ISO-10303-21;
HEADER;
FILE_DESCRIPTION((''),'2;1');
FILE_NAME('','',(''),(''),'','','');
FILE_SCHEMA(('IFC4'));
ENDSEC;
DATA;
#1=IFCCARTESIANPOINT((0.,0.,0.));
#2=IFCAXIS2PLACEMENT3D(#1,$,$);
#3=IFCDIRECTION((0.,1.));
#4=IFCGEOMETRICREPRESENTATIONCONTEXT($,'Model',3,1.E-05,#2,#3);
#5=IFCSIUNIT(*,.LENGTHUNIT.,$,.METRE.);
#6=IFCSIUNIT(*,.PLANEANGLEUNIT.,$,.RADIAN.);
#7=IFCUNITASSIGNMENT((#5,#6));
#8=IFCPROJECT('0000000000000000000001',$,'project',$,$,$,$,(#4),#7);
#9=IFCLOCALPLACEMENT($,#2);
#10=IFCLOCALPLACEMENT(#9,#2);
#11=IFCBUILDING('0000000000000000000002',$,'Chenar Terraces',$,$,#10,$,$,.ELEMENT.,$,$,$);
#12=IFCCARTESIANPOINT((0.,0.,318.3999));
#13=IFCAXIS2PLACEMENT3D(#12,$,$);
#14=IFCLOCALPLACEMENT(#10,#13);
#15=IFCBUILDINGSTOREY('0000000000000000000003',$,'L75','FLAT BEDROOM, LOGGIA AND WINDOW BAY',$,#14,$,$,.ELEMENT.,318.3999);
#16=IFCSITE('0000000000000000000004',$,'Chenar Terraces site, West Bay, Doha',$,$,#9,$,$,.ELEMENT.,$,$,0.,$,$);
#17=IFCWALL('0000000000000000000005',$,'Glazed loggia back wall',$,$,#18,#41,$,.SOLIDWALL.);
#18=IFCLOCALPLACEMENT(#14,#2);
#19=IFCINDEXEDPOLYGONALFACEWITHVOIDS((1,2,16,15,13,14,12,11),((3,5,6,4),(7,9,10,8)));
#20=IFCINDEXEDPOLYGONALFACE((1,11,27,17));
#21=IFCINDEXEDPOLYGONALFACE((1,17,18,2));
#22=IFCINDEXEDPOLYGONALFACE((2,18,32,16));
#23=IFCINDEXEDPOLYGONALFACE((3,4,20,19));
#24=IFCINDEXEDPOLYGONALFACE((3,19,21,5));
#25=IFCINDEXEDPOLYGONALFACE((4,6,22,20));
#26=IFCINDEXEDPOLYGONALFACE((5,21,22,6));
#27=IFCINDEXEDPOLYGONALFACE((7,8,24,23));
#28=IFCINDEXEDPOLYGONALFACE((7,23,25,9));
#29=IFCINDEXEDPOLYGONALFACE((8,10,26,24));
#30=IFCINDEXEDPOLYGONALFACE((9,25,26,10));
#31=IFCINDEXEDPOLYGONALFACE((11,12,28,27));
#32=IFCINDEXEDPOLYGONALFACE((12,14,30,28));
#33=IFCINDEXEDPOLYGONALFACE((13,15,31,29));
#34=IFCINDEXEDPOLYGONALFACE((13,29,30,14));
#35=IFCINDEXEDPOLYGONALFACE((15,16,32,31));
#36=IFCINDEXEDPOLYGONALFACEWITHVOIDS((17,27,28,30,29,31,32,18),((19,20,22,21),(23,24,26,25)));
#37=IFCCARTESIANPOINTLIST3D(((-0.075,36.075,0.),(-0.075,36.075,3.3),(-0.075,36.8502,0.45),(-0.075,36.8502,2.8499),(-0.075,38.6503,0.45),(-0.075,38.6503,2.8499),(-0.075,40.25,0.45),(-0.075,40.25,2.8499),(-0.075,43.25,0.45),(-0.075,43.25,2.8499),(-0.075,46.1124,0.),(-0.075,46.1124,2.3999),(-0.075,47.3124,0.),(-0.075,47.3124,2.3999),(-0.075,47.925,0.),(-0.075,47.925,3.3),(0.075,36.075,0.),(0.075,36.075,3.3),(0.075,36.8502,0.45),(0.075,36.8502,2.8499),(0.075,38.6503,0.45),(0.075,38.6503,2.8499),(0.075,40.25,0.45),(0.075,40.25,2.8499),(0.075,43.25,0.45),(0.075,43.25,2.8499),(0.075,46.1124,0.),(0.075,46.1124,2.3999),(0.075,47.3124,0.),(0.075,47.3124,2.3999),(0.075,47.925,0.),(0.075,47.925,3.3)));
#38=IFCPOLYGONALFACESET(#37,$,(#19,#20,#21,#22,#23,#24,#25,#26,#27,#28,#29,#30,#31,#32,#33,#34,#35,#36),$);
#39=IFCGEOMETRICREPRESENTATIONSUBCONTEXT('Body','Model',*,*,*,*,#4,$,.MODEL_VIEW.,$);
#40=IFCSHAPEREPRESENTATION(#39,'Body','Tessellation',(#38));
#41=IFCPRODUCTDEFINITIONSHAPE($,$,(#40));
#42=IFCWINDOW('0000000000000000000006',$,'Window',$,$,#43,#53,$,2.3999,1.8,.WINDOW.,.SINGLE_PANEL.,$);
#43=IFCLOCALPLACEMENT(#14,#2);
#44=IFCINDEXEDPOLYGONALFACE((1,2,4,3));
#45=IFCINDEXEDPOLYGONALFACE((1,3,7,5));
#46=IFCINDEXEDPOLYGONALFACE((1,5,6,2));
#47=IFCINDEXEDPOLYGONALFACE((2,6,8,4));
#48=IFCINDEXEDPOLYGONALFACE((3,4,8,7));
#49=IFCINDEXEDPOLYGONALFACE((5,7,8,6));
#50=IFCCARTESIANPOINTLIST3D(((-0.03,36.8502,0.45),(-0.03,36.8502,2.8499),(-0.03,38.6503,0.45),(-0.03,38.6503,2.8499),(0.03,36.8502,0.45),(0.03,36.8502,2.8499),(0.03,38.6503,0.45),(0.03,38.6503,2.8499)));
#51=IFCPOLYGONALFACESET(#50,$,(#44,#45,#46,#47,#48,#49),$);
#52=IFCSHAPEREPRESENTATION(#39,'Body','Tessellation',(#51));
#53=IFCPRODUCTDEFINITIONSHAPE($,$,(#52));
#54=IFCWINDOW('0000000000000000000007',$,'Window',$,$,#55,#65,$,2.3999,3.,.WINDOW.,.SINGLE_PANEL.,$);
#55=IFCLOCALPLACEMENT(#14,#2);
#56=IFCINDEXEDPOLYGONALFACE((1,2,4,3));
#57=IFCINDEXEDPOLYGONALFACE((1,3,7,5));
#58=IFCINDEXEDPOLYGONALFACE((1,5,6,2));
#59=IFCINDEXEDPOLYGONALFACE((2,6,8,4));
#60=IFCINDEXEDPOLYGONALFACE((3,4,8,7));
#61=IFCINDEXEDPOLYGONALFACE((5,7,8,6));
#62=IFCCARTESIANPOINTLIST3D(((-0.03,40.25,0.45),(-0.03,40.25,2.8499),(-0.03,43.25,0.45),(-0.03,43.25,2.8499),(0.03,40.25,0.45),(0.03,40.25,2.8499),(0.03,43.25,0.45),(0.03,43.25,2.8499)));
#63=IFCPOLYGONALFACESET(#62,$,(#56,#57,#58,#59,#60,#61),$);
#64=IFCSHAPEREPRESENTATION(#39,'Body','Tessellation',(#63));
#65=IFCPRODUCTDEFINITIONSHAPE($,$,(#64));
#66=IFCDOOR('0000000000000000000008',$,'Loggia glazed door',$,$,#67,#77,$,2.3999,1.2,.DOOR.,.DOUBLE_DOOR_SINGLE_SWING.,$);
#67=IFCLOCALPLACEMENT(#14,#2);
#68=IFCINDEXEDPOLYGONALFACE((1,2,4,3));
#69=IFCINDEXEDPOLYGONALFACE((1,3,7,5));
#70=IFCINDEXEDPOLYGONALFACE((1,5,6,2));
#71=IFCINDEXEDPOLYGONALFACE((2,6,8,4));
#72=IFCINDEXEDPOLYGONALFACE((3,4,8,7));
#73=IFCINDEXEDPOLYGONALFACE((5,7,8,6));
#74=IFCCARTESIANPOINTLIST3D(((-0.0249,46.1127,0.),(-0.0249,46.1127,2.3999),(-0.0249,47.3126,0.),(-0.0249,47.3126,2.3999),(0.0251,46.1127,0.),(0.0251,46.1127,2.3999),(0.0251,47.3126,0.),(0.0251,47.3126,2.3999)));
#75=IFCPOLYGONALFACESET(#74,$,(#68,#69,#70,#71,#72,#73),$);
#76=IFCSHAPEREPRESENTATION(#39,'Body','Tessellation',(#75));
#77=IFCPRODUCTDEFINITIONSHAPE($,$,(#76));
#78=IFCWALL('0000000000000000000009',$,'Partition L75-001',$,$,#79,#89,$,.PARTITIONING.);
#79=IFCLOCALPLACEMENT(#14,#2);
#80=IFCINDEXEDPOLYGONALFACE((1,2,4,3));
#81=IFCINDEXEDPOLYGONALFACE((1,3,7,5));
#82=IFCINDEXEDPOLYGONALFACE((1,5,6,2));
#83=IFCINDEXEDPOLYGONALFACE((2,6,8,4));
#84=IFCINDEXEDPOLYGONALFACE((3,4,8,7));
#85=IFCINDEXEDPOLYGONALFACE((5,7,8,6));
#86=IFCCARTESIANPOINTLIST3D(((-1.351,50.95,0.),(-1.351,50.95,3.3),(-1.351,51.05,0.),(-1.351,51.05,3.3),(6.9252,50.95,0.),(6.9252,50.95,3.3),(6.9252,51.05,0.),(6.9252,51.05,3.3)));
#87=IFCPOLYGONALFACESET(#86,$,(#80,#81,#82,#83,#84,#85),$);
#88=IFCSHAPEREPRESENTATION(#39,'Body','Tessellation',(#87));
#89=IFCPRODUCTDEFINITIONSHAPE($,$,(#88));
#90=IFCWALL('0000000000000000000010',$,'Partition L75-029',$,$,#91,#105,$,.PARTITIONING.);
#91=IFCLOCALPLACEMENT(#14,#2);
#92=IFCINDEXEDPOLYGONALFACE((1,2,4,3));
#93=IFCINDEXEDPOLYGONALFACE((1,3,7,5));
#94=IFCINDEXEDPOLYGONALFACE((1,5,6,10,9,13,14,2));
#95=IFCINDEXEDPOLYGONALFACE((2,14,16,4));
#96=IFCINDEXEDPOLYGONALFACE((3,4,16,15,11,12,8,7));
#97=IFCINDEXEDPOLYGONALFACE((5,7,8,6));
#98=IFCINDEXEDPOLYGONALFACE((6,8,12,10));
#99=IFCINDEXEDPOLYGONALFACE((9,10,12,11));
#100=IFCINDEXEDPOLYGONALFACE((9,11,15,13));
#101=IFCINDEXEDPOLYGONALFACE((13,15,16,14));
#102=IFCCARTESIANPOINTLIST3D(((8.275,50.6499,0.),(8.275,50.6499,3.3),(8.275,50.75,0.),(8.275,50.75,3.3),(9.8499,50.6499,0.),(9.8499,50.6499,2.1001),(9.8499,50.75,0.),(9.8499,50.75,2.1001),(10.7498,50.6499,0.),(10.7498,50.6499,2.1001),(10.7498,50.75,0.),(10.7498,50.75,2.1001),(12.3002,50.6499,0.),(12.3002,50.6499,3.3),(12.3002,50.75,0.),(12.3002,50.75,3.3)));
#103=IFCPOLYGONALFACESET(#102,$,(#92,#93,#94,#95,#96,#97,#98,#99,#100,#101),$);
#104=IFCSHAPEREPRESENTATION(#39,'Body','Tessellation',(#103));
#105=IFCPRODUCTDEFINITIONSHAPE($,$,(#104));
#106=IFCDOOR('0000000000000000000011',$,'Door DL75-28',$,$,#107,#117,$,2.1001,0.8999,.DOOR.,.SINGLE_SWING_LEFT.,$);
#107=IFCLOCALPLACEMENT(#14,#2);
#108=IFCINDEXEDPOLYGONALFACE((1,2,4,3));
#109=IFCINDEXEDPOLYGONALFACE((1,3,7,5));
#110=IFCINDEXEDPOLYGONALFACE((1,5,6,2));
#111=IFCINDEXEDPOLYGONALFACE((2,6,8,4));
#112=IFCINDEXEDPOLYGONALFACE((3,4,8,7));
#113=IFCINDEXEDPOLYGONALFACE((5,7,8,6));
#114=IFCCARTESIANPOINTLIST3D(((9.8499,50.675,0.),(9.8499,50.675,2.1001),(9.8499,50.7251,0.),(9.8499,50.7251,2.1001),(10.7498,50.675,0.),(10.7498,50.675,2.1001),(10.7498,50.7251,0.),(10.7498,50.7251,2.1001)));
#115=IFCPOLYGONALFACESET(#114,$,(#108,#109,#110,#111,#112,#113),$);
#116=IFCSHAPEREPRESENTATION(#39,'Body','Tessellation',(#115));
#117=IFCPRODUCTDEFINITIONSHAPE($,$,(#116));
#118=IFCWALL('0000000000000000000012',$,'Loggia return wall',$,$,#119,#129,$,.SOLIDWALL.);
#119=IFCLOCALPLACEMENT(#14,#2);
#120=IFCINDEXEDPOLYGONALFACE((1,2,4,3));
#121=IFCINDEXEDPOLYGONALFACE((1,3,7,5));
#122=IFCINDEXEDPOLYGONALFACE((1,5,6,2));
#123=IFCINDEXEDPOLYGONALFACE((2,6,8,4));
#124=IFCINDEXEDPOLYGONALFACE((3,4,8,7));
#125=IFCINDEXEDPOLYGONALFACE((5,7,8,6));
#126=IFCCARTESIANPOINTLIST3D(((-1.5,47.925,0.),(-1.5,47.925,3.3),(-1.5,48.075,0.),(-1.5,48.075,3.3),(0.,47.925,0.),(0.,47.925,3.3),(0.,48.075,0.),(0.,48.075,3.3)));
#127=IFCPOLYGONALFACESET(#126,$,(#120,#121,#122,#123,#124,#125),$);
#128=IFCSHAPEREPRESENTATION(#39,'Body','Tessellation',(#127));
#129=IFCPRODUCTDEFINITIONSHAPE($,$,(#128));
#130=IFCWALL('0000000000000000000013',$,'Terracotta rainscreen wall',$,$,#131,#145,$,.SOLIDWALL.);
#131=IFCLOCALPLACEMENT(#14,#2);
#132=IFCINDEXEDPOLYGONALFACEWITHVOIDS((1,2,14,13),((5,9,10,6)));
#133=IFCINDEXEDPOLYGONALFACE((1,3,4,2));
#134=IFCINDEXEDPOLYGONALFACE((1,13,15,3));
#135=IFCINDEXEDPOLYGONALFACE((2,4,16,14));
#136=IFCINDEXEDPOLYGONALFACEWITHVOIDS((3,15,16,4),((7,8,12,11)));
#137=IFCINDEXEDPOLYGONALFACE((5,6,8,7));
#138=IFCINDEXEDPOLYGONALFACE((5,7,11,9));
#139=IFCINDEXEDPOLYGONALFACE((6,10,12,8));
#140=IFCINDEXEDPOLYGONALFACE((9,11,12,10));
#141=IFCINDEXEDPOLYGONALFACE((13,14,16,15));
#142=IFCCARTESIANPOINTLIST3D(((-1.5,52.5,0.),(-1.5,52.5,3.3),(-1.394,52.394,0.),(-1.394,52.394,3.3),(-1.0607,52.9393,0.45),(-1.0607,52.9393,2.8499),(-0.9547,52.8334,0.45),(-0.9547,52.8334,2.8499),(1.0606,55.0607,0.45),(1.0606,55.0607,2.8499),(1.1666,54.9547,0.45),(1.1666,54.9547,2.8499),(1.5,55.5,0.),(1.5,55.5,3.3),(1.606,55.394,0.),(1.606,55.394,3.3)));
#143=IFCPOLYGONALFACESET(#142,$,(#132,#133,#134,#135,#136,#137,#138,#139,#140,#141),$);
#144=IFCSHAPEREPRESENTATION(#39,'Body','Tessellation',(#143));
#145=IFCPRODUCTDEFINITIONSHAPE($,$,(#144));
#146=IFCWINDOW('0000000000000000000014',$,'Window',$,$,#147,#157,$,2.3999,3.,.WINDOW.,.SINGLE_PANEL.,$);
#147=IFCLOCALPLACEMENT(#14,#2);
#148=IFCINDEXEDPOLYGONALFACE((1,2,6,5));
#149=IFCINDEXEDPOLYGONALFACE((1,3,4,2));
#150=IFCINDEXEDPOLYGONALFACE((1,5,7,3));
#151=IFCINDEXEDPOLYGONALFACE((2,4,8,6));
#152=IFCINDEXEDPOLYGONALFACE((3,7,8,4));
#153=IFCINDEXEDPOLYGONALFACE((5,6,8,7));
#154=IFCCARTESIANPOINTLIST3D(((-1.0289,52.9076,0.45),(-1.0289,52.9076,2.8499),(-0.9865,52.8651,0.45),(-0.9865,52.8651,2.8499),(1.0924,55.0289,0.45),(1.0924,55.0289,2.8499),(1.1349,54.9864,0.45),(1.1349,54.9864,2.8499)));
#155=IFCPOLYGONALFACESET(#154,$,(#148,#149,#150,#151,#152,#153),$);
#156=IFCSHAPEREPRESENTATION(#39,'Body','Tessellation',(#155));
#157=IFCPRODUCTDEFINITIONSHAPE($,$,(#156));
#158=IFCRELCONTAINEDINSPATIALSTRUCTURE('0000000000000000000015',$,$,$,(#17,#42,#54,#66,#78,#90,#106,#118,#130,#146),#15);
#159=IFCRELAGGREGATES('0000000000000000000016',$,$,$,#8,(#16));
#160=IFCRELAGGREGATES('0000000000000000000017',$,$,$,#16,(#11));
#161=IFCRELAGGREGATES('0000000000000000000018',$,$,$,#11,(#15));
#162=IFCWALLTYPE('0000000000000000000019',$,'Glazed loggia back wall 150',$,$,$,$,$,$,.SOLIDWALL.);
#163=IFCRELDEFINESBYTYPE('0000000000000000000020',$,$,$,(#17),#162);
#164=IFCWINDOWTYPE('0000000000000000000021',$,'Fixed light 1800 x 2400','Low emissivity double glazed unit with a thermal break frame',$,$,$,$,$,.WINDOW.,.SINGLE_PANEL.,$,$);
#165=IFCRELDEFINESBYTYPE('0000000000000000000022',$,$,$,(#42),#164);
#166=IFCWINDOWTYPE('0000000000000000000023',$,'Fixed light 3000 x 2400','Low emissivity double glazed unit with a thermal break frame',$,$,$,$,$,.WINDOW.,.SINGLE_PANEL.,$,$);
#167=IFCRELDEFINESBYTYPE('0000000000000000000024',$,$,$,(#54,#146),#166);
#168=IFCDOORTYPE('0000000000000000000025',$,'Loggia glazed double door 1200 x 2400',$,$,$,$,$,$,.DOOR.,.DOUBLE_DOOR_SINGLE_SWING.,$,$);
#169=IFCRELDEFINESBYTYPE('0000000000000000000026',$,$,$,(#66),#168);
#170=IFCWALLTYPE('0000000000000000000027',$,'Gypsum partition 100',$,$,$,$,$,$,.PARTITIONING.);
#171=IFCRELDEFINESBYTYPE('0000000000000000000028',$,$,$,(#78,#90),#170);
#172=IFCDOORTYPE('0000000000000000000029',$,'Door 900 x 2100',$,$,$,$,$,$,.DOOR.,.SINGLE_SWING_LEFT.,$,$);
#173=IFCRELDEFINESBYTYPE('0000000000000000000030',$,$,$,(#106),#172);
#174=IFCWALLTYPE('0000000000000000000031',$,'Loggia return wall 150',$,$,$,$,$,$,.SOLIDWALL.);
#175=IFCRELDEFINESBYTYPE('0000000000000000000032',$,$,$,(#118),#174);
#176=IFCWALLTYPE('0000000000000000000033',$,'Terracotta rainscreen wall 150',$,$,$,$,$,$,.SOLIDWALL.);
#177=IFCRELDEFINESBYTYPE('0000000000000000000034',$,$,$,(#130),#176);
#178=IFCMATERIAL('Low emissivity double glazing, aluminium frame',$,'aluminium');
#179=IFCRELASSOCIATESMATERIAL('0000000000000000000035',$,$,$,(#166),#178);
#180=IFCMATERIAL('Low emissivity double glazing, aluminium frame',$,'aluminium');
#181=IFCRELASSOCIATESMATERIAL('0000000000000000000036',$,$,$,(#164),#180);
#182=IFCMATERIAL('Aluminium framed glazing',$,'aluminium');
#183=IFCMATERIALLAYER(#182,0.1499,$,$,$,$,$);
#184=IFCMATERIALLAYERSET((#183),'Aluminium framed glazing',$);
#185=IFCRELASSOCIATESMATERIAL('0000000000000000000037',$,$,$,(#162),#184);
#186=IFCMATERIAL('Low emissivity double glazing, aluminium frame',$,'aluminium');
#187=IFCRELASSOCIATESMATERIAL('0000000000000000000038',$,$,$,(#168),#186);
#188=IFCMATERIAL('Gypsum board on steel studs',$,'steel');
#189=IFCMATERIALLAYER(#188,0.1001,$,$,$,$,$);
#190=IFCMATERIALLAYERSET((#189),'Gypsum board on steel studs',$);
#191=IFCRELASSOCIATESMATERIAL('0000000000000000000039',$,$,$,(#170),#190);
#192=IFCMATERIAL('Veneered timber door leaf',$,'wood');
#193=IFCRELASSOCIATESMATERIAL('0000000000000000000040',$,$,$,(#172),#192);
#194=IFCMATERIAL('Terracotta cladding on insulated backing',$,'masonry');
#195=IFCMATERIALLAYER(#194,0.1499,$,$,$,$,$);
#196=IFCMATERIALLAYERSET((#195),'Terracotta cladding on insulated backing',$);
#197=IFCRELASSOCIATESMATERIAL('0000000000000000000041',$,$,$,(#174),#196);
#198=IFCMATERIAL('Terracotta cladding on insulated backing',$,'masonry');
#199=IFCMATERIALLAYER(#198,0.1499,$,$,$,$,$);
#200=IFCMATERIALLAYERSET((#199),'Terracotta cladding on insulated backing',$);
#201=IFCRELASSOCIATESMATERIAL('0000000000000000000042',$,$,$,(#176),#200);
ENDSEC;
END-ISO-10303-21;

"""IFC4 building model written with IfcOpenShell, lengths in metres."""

from ifc_helpers import new_model, si_unit, direction, frame, frame_2d, origin, place, context, subcontext, project, spatial, rectangle, extrude, material, layer, layer_set, type_object, element, fill, save


model = new_model("IFC4")

# Units and contexts
model_context = context("Model", 3, precision=1e-05, world=origin(), true_north=direction((0.0, 1.0)))
body_context = subcontext(model_context, "Body", "Model", "MODEL_VIEW")
ifc_project = project(units=[si_unit("LENGTHUNIT", "METRE"), si_unit("PLANEANGLEUNIT", "RADIAN")], contexts=[model_context])

# Site, building, storey
site_placement = place(None, origin())
site = spatial("IfcSite", under=ifc_project, at=site_placement, Name="Chenar Terraces site, West Bay, Doha", CompositionType="ELEMENT", RefElevation=0.0)
building_placement = place(site_placement, origin())
building = spatial("IfcBuilding", under=site, at=building_placement, Name="Chenar Terraces", CompositionType="ELEMENT")
storey_placement = place(building_placement, frame((0.0, 0.0, 318.3999)))
storey = spatial("IfcBuildingStorey", under=building, at=storey_placement, Name="L75", Description="FLAT BEDROOM, LOGGIA AND WINDOW BAY", CompositionType="ELEMENT", Elevation=318.3999)

# Shared definitions
ifc_material_1 = material(Name="Low emissivity double glazing, aluminium frame", Category="aluminium")
window_type_1 = type_object("IfcWindowType", Name="Fixed light 3000 x 2400", Description="Low emissivity double glazed unit with a thermal break frame", PartitioningType="SINGLE_PANEL", PredefinedType="WINDOW", material=ifc_material_1)
ifc_material_2 = material(Name="Low emissivity double glazing, aluminium frame", Category="aluminium")
window_type_2 = type_object("IfcWindowType", Name="Fixed light 1800 x 2400", Description="Low emissivity double glazed unit with a thermal break frame", PartitioningType="SINGLE_PANEL", PredefinedType="WINDOW", material=ifc_material_2)

# Wall, openings, windows, door
ifc_material_3 = material(Name="Aluminium framed glazing", Category="aluminium")
ifc_layer_1 = layer(ifc_material_3, 0.1499)
ifc_layer_set_1 = layer_set([ifc_layer_1], Name="Aluminium framed glazing")
wall_type_1 = type_object("IfcWallType", Name="Glazed loggia back wall 150", PredefinedType="SOLIDWALL", material=ifc_layer_set_1)
wall_1_placement = place(storey_placement, frame((0.0, 47.925, 0.0), z_axis=(0.0, 0.0, 1.0), x_axis=(0.0, -1.0, 0.0)))
wall_1 = element("IfcWall", 1, at=wall_1_placement, inside=storey, type_object=wall_type_1, Name="Glazed loggia back wall", PredefinedType="SOLIDWALL", context=body_context, shape_type="SweptSolid", body=[
    extrude(rectangle(XDim=11.8501, YDim=0.1499, at=frame_2d((5.925, 0.0))), origin(), (0.0, 0.0, 1.0), 3.3),
])
opening_1_placement = place(wall_1_placement, frame((0.6125, 0.0, 0.0)))
opening_1 = element("IfcOpeningElement", 2, at=opening_1_placement, cuts=wall_1, PredefinedType="OPENING", context=body_context, shape_type="SweptSolid", body=[
    extrude(rectangle(XDim=1.2, YDim=2.3999, at=frame_2d((0.6001, 1.2))), frame((0.0, 0.085, 0.0), z_axis=(0.0, -1.0, 0.0), x_axis=(1.0, 0.0, 0.0)), (0.0, 0.0, 1.0), 0.1699),
])
opening_2_placement = place(wall_1_placement, frame((4.675, 0.0, 0.45)))
opening_2 = element("IfcOpeningElement", 3, at=opening_2_placement, cuts=wall_1, PredefinedType="OPENING", context=body_context, shape_type="SweptSolid", body=[
    extrude(rectangle(XDim=3.0, YDim=2.3999, at=frame_2d((1.5, 1.2))), frame((0.0, 0.085, 0.0), z_axis=(0.0, -1.0, 0.0), x_axis=(1.0, 0.0, 0.0)), (0.0, 0.0, 1.0), 0.1699),
])
opening_3_placement = place(wall_1_placement, frame((9.2749, 0.0, 0.45)))
opening_3 = element("IfcOpeningElement", 4, at=opening_3_placement, cuts=wall_1, PredefinedType="OPENING", context=body_context, shape_type="SweptSolid", body=[
    extrude(rectangle(XDim=1.8, YDim=2.3999, at=frame_2d((0.8999, 1.2))), frame((0.0, 0.085, 0.0), z_axis=(0.0, -1.0, 0.0), x_axis=(1.0, 0.0, 0.0)), (0.0, 0.0, 1.0), 0.1699),
])
window_1_placement = place(opening_3_placement, origin())
window_1 = element("IfcWindow", 5, at=window_1_placement, inside=storey, type_object=window_type_2, Name="Window", OverallHeight=2.3999, OverallWidth=1.8, PartitioningType="SINGLE_PANEL", PredefinedType="WINDOW", context=body_context, shape_type="SweptSolid", body=[
    extrude(rectangle(XDim=1.8, YDim=2.3999, at=frame_2d((0.8999, 1.2))), frame((0.0, 0.03, 0.0), z_axis=(0.0, -1.0, 0.0), x_axis=(1.0, 0.0, 0.0)), (0.0, 0.0, 1.0), 0.0601),
])
fill(opening_3, window_1)
window_2_placement = place(opening_2_placement, origin())
window_2 = element("IfcWindow", 6, at=window_2_placement, inside=storey, type_object=window_type_1, Name="Window", OverallHeight=2.3999, OverallWidth=3.0, PartitioningType="SINGLE_PANEL", PredefinedType="WINDOW", context=body_context, shape_type="SweptSolid", body=[
    extrude(rectangle(XDim=3.0, YDim=2.3999, at=frame_2d((1.5, 1.2))), frame((0.0, 0.03, 0.0), z_axis=(0.0, -1.0, 0.0), x_axis=(1.0, 0.0, 0.0)), (0.0, 0.0, 1.0), 0.0601),
])
fill(opening_2, window_2)
ifc_material_4 = material(Name="Low emissivity double glazing, aluminium frame", Category="aluminium")
door_type_1 = type_object("IfcDoorType", Name="Loggia glazed double door 1200 x 2400", OperationType="DOUBLE_DOOR_SINGLE_SWING", PredefinedType="DOOR", material=ifc_material_4)
door_1_placement = place(opening_1_placement, frame((1.2, 0.0, 0.0), z_axis=(0.0, 0.0, 1.0), x_axis=(-1.0, 0.0, 0.0)))
door_1 = element("IfcDoor", 7, at=door_1_placement, inside=storey, type_object=door_type_1, Name="Loggia glazed door", OperationType="DOUBLE_DOOR_SINGLE_SWING", OverallHeight=2.3999, OverallWidth=1.2, PredefinedType="DOOR", context=body_context, shape_type="SweptSolid", body=[
    extrude(rectangle(XDim=1.2, YDim=2.3999, at=frame_2d((0.6001, 1.2))), frame((0.0, 0.0249, 0.0), z_axis=(0.0, -1.0, 0.0), x_axis=(1.0, 0.0, 0.0)), (0.0, 0.0, 1.0), 0.05),
])
fill(opening_1, door_1)

# Wall
ifc_material_5 = material(Name="Gypsum board on steel studs", Category="steel")
ifc_layer_2 = layer(ifc_material_5, 0.1001)
ifc_layer_set_2 = layer_set([ifc_layer_2], Name="Gypsum board on steel studs")
wall_type_2 = type_object("IfcWallType", Name="Gypsum partition 100", PredefinedType="PARTITIONING", material=ifc_layer_set_2)
wall_2_placement = place(storey_placement, frame((-1.3511, 51.0, 0.0), z_axis=(0.0, 0.0, 1.0), x_axis=(1.0, 0.0, 0.0)))
element("IfcWall", 8, at=wall_2_placement, inside=storey, type_object=wall_type_2, Name="Partition L75-001", PredefinedType="PARTITIONING", context=body_context, shape_type="SweptSolid", body=[
    extrude(rectangle(XDim=8.2761, YDim=0.1001, at=frame_2d((4.1382, 0.0))), origin(), (0.0, 0.0, 1.0), 3.3),
])

# Wall, opening, door
wall_3_placement = place(storey_placement, frame((8.2749, 50.7, 0.0), z_axis=(0.0, 0.0, 1.0), x_axis=(1.0, 0.0, 0.0)))
wall_3 = element("IfcWall", 9, at=wall_3_placement, inside=storey, type_object=wall_type_2, Name="Partition L75-029", PredefinedType="PARTITIONING", context=body_context, shape_type="SweptSolid", body=[
    extrude(rectangle(XDim=4.0251, YDim=0.1001, at=frame_2d((2.0127, 0.0))), origin(), (0.0, 0.0, 1.0), 3.3),
])
opening_4_placement = place(wall_3_placement, frame((1.575, 0.0, 0.0)))
opening_4 = element("IfcOpeningElement", 10, at=opening_4_placement, cuts=wall_3, PredefinedType="OPENING", context=body_context, shape_type="SweptSolid", body=[
    extrude(rectangle(XDim=0.8999, YDim=2.1001, at=frame_2d((0.45, 1.05))), frame((0.0, 0.0601, 0.0), z_axis=(0.0, -1.0, 0.0), x_axis=(1.0, 0.0, 0.0)), (0.0, 0.0, 1.0), 0.1201),
])
ifc_material_6 = material(Name="Veneered timber door leaf", Category="wood")
door_type_2 = type_object("IfcDoorType", Name="Door 900 x 2100", OperationType="SINGLE_SWING_LEFT", PredefinedType="DOOR", material=ifc_material_6)
door_2_placement = place(opening_4_placement, frame((0.8999, 0.0, 0.0), z_axis=(0.0, 0.0, 1.0), x_axis=(-1.0, 0.0, 0.0)))
door_2 = element("IfcDoor", 11, at=door_2_placement, inside=storey, type_object=door_type_2, Name="Door DL75-28", OperationType="SINGLE_SWING_LEFT", OverallHeight=2.1001, OverallWidth=0.8999, PredefinedType="DOOR", context=body_context, shape_type="SweptSolid", body=[
    extrude(rectangle(XDim=0.8999, YDim=2.1001, at=frame_2d((0.45, 1.05))), frame((0.0, 0.0249, 0.0), z_axis=(0.0, -1.0, 0.0), x_axis=(1.0, 0.0, 0.0)), (0.0, 0.0, 1.0), 0.05),
])
fill(opening_4, door_2)

# Wall
ifc_material_7 = material(Name="Terracotta cladding on insulated backing", Category="masonry")
ifc_layer_3 = layer(ifc_material_7, 0.1499)
ifc_layer_set_3 = layer_set([ifc_layer_3], Name="Terracotta cladding on insulated backing")
wall_type_3 = type_object("IfcWallType", Name="Loggia return wall 150", PredefinedType="SOLIDWALL", material=ifc_layer_set_3)
wall_4_placement = place(storey_placement, frame((-1.5, 48.0, 0.0), z_axis=(0.0, 0.0, 1.0), x_axis=(1.0, 0.0, 0.0)))
element("IfcWall", 12, at=wall_4_placement, inside=storey, type_object=wall_type_3, Name="Loggia return wall", PredefinedType="SOLIDWALL", context=body_context, shape_type="SweptSolid", body=[
    extrude(rectangle(XDim=1.5, YDim=0.1499, at=frame_2d((0.75, 0.0))), origin(), (0.0, 0.0, 1.0), 3.3),
])

# Wall, opening, window
ifc_material_8 = material(Name="Terracotta cladding on insulated backing", Category="masonry")
ifc_layer_4 = layer(ifc_material_8, 0.1499)
ifc_layer_set_4 = layer_set([ifc_layer_4], Name="Terracotta cladding on insulated backing")
wall_type_4 = type_object("IfcWallType", Name="Terracotta rainscreen wall 150", PredefinedType="SOLIDWALL", material=ifc_layer_set_4)
wall_5_placement = place(storey_placement, frame((1.553, 55.447, 0.0), z_axis=(0.0, 0.0, 1.0), x_axis=(-0.707107, -0.707107, 0.0)))
wall_5 = element("IfcWall", 13, at=wall_5_placement, inside=storey, type_object=wall_type_4, Name="Terracotta rainscreen wall", PredefinedType="SOLIDWALL", context=body_context, shape_type="SweptSolid", body=[
    extrude(rectangle(XDim=4.2427, YDim=0.1499, at=frame_2d((2.1213, 0.0))), origin(), (0.0, 0.0, 1.0), 3.3),
])
opening_5_placement = place(wall_5_placement, frame((0.6213, 0.0, 0.45)))
opening_5 = element("IfcOpeningElement", 14, at=opening_5_placement, cuts=wall_5, PredefinedType="OPENING", context=body_context, shape_type="SweptSolid", body=[
    extrude(rectangle(XDim=3.0, YDim=2.3999, at=frame_2d((1.5, 1.2))), frame((0.0, 0.085, 0.0), z_axis=(0.0, -1.0, 0.0), x_axis=(1.0, 0.0, 0.0)), (0.0, 0.0, 1.0), 0.1699),
])
window_3_placement = place(opening_5_placement, origin())
window_3 = element("IfcWindow", 15, at=window_3_placement, inside=storey, type_object=window_type_1, Name="Window", OverallHeight=2.3999, OverallWidth=3.0, PartitioningType="SINGLE_PANEL", PredefinedType="WINDOW", context=body_context, shape_type="SweptSolid", body=[
    extrude(rectangle(XDim=3.0, YDim=2.3999, at=frame_2d((1.5, 1.2))), frame((0.0, 0.03, 0.0), z_axis=(0.0, -1.0, 0.0), x_axis=(1.0, 0.0, 0.0)), (0.0, 0.0, 1.0), 0.0601),
])
fill(opening_5, window_3)

save(model, "model.ifc")
